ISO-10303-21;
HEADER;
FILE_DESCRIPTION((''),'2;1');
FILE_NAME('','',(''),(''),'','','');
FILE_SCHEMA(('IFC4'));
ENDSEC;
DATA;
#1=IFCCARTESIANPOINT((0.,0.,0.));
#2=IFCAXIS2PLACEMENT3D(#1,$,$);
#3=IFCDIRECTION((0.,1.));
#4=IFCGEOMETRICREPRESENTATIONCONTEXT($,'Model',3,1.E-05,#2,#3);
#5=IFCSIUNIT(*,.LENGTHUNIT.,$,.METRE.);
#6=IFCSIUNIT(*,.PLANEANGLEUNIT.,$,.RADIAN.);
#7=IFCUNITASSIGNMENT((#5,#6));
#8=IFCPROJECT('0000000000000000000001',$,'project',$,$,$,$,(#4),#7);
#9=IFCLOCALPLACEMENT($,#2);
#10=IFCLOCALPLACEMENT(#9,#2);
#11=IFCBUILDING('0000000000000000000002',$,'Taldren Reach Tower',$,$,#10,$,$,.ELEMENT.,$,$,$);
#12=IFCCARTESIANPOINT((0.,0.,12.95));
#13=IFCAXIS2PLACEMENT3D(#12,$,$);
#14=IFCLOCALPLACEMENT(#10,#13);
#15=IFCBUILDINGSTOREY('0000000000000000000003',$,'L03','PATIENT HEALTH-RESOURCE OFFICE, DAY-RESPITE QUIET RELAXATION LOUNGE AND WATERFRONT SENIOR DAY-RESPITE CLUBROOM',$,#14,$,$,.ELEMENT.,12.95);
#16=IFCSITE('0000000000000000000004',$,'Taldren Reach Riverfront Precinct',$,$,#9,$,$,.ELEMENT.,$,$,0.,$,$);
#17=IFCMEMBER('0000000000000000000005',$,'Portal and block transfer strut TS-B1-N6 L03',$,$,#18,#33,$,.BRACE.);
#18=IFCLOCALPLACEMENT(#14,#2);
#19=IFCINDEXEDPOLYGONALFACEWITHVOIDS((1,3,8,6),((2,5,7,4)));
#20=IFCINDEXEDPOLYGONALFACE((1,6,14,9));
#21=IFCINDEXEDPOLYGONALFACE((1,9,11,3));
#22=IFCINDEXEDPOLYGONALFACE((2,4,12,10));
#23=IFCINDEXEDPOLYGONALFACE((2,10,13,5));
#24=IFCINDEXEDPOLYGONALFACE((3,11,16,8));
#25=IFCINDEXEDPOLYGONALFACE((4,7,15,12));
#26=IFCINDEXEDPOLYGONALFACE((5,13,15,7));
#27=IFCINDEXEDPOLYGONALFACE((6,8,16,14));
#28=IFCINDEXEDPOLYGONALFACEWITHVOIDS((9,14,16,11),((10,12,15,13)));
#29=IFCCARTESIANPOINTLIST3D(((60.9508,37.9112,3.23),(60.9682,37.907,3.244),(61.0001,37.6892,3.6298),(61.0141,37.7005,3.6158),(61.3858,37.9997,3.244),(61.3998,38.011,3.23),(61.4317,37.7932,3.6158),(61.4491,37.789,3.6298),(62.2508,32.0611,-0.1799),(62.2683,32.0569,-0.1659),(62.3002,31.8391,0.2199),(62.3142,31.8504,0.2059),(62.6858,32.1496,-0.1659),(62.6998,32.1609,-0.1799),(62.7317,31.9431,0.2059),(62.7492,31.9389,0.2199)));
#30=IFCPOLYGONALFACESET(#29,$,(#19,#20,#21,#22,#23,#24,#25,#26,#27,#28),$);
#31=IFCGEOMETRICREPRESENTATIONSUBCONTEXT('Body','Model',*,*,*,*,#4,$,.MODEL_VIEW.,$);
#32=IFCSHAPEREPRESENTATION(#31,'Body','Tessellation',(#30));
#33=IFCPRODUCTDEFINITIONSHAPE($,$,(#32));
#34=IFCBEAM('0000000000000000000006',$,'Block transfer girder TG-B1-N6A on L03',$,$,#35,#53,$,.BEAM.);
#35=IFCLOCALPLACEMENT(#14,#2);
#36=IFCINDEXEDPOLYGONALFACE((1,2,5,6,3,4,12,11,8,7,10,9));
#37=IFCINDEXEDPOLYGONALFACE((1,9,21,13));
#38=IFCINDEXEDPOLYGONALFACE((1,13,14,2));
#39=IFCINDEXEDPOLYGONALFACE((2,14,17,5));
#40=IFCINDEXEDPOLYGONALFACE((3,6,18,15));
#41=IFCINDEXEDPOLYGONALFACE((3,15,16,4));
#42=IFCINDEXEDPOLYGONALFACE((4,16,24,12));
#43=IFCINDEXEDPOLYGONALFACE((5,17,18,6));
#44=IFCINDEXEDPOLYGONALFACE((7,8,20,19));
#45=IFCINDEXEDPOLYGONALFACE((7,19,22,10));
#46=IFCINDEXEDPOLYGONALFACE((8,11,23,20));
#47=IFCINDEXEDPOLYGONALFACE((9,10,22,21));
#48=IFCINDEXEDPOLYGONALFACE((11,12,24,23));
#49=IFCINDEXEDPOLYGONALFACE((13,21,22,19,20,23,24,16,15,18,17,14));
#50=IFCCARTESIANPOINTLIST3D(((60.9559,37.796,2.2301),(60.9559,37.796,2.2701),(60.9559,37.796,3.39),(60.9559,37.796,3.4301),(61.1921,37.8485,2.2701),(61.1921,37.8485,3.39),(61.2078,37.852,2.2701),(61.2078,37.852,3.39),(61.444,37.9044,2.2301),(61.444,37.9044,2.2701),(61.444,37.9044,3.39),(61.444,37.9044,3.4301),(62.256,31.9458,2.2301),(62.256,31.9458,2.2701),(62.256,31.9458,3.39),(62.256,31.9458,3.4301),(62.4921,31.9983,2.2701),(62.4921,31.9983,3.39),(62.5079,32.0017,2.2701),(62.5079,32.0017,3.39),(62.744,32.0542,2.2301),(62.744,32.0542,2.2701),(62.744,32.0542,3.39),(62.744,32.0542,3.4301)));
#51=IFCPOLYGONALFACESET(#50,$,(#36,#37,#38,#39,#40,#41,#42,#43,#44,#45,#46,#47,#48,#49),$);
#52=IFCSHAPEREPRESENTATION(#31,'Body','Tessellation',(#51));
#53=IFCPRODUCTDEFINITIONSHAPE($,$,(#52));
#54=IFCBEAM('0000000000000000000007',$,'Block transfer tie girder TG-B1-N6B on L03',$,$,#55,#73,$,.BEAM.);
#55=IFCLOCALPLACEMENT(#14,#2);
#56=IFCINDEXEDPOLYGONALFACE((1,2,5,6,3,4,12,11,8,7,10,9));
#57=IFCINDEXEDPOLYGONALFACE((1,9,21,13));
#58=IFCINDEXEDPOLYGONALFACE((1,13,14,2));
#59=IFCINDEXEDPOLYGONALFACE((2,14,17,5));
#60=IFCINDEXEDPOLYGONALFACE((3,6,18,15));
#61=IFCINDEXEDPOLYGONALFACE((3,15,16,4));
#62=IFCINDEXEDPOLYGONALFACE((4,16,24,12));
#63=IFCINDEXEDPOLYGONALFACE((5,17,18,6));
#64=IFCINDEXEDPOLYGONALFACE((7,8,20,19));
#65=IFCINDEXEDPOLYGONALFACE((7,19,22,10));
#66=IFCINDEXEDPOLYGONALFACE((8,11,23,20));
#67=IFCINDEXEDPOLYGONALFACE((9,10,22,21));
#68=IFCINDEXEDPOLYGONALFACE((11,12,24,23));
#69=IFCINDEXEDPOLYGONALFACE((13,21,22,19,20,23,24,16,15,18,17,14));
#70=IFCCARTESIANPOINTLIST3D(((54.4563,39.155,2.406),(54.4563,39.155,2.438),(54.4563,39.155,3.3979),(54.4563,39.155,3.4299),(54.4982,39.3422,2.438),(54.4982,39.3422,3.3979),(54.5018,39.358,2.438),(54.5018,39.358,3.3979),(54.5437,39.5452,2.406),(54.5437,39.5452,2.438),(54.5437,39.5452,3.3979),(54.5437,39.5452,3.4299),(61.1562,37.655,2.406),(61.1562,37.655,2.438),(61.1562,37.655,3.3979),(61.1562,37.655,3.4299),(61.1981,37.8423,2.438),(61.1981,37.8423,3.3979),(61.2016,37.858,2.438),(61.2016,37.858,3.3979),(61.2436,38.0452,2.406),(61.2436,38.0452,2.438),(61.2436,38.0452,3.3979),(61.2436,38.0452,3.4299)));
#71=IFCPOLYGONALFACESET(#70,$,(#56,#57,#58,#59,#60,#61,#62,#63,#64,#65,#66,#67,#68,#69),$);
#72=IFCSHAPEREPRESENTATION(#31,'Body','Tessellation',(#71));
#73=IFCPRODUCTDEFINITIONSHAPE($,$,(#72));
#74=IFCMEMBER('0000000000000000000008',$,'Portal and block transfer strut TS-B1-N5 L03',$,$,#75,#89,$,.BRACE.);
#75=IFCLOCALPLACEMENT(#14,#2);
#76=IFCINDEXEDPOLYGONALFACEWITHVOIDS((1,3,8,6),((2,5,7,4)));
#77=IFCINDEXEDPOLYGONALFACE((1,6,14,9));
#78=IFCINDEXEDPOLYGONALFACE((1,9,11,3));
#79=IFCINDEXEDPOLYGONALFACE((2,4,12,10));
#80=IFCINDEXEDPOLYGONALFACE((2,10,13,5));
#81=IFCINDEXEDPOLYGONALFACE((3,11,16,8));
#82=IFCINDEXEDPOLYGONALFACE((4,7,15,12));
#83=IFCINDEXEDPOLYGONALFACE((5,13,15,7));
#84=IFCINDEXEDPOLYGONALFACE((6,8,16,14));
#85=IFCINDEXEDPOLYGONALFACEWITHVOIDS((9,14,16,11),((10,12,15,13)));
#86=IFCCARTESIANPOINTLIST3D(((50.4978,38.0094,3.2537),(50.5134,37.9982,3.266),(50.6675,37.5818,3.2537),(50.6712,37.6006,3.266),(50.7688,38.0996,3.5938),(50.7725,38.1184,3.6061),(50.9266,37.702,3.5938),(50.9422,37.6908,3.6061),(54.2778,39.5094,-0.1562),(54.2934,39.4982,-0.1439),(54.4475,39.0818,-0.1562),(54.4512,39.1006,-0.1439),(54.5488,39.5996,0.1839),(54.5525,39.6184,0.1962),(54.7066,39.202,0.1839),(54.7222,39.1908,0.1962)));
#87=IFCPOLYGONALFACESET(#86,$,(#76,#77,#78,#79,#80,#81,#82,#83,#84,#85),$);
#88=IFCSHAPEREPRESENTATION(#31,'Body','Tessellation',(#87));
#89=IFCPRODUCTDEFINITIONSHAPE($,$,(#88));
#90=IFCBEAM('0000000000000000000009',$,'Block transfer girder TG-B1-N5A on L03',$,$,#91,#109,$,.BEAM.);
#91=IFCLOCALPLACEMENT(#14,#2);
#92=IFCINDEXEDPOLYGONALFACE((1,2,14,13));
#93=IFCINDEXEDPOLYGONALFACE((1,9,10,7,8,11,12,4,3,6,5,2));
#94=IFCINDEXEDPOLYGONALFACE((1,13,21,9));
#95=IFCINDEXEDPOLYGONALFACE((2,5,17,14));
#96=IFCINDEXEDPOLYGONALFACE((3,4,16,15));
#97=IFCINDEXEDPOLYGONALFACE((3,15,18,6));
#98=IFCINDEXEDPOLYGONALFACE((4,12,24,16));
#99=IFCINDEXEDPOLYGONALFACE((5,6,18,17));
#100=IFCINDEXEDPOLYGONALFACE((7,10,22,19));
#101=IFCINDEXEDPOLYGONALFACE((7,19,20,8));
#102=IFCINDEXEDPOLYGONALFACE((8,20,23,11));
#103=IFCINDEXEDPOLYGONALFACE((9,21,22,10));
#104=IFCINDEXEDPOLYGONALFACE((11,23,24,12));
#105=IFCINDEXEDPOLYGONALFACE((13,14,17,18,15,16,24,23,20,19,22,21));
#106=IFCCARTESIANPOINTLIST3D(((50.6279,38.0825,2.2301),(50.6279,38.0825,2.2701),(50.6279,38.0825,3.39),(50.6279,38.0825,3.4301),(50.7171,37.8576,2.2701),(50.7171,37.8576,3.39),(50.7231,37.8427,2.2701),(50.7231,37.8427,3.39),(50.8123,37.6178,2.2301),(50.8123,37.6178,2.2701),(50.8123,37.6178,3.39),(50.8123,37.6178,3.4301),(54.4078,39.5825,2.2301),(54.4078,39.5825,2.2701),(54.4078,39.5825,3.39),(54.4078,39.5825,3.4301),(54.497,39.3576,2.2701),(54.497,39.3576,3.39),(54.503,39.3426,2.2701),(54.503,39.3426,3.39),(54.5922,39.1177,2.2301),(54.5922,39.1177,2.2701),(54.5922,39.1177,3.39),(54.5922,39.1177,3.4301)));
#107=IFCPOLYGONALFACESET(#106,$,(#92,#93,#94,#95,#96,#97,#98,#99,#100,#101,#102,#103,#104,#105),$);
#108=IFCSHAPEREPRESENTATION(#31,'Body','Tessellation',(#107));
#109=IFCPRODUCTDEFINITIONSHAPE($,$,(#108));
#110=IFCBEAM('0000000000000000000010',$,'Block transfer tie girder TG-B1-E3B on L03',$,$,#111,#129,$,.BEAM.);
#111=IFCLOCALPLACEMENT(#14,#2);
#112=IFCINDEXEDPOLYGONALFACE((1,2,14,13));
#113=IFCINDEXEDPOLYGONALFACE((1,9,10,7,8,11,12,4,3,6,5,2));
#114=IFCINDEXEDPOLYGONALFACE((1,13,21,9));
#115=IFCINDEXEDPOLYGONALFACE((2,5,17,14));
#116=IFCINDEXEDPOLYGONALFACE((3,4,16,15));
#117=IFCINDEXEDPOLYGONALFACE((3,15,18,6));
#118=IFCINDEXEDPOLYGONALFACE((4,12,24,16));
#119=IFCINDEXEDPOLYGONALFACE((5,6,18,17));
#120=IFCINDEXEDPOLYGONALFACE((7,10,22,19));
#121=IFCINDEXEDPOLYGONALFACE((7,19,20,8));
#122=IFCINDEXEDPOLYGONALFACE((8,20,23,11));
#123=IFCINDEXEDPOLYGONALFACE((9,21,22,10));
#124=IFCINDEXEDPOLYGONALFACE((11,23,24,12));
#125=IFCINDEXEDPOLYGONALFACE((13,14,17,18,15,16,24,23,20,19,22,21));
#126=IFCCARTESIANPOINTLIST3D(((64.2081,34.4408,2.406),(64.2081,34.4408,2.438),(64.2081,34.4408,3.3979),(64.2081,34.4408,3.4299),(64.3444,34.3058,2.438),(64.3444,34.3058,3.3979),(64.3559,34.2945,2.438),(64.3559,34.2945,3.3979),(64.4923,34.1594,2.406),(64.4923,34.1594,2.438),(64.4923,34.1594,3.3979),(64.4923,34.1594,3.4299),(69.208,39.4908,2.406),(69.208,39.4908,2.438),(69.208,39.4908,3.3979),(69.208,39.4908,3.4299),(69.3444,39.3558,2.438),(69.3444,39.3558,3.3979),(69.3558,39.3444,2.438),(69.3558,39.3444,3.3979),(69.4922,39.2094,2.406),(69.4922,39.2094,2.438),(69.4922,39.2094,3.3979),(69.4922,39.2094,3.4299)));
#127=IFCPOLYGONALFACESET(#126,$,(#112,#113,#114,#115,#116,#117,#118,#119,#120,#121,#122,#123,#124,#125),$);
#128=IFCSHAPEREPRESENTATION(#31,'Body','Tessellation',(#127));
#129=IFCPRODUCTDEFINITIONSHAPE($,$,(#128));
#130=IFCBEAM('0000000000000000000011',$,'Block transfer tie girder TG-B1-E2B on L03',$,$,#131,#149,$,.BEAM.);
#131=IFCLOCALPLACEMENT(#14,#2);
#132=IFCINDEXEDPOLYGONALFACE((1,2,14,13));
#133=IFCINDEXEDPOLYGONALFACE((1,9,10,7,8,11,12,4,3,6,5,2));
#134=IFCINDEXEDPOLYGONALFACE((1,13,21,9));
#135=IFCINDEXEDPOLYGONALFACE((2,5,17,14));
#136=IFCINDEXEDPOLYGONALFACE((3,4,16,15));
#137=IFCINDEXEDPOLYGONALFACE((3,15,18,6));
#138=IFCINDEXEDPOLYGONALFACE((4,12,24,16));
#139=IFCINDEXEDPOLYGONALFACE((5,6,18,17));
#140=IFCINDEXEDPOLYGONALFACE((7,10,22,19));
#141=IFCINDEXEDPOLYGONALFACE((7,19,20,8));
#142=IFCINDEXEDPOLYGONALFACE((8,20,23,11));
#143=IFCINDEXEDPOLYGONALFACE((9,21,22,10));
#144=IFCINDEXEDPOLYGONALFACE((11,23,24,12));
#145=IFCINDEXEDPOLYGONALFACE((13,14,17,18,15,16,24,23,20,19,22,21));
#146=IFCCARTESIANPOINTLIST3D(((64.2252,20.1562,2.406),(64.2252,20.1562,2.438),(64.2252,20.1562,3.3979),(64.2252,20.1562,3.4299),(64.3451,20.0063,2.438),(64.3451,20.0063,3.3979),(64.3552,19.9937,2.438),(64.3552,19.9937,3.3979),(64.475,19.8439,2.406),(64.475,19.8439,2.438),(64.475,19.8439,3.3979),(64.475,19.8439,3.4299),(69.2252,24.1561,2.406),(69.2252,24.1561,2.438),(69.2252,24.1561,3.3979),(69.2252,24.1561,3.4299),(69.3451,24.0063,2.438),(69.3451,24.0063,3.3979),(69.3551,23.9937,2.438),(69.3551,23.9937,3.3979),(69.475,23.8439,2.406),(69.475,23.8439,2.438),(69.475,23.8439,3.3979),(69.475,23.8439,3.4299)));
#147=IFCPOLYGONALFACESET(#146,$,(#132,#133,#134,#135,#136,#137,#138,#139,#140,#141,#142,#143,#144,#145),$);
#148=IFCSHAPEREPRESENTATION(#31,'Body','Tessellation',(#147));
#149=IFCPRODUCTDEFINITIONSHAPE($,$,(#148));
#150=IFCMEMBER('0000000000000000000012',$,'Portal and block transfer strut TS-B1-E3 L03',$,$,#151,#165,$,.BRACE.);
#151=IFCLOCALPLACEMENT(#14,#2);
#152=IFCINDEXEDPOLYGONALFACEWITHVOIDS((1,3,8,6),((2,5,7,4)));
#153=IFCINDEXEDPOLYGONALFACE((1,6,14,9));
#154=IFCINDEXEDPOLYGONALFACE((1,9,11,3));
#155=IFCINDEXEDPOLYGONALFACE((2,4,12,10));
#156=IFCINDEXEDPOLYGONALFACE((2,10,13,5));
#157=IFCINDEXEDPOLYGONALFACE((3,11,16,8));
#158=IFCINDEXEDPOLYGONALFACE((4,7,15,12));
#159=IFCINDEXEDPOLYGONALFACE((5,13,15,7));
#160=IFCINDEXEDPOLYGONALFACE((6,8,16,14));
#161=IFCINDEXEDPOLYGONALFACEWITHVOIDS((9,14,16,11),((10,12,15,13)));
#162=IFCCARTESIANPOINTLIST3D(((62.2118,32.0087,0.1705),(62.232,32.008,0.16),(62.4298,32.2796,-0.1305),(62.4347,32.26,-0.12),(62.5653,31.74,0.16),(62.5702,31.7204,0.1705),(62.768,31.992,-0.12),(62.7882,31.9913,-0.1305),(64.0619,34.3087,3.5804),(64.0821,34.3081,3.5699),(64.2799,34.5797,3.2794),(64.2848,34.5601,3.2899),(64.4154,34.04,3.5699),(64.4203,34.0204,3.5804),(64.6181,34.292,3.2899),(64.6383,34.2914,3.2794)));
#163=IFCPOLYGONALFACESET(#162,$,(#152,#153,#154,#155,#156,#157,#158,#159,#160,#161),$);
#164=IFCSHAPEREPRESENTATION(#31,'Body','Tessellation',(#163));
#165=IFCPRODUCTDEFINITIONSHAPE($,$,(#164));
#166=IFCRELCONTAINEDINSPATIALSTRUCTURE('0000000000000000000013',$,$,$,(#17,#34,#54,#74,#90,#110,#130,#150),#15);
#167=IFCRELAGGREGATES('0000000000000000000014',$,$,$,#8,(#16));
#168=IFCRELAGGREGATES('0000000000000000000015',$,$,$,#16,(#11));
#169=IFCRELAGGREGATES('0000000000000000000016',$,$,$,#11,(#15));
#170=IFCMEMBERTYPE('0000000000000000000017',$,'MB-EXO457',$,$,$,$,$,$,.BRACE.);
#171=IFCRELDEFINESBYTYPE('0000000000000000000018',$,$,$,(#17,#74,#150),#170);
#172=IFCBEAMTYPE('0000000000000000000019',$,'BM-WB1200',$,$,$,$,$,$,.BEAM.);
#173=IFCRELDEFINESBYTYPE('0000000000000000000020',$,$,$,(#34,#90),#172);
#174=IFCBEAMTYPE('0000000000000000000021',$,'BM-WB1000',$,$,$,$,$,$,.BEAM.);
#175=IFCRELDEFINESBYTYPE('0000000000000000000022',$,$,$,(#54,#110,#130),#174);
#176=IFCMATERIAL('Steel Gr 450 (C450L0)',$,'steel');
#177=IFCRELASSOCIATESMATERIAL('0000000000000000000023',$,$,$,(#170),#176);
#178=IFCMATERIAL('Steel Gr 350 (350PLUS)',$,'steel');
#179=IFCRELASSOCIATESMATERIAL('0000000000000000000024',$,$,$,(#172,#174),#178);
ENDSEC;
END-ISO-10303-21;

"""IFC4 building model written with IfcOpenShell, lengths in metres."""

from ifc_helpers import new_model, si_unit, direction, frame, origin, origin_2d, place, context, subcontext, project, spatial, hollow_rectangle, i_section, extrude, source, transform, mapped, material, material_profile, profile_set, type_object, element, save


model = new_model("IFC4")

# Units and contexts
model_context = context("Model", 3, precision=1e-05, world=origin(), true_north=direction((0.0, 1.0)))
body_context = subcontext(model_context, "Body", "Model", "MODEL_VIEW")
ifc_project = project(units=[si_unit("LENGTHUNIT", "METRE"), si_unit("PLANEANGLEUNIT", "RADIAN")], contexts=[model_context])

# Site, building, storey
site_placement = place(None, origin())
site = spatial("IfcSite", under=ifc_project, at=site_placement, Name="Taldren Reach Riverfront Precinct", CompositionType="ELEMENT", RefElevation=0.0)
building_placement = place(site_placement, origin())
building = spatial("IfcBuilding", under=site, at=building_placement, Name="Taldren Reach Tower", CompositionType="ELEMENT")
storey_placement = place(building_placement, frame((0.0, 0.0, 12.95)))
storey = spatial("IfcBuildingStorey", under=building, at=storey_placement, Name="L03", Description="PATIENT HEALTH-RESOURCE OFFICE, DAY-RESPITE QUIET RELAXATION LOUNGE AND WATERFRONT SENIOR DAY-RESPITE CLUBROOM", CompositionType="ELEMENT", Elevation=12.95)

# Shared definitions
ifc_material_1 = material(Name="Steel Gr 350 (350PLUS)", Category="steel")

# Member
ifc_material_2 = material(Name="Steel Gr 450 (C450L0)", Category="steel")
ifc_material_profile_1 = material_profile(ifc_material_2, hollow_rectangle(XDim=0.46, YDim=0.46, WallThickness=0.0161, at=origin_2d()), Name="460x460x16.0SHS")
ifc_profile_set_1 = profile_set([ifc_material_profile_1], Name="Steel Gr 450 (C450L0)")
member_type = type_object("IfcMemberType", Name="MB-EXO457", PredefinedType="BRACE", material=ifc_profile_set_1)
shared_shape_1 = source(origin(), body_context, "Body", "SweptSolid", [
    extrude(hollow_rectangle(XDim=0.46, YDim=0.46, WallThickness=0.0161, at=origin_2d()), origin(), (0.0, 0.0, 1.0), 6.895),
])
member_1_placement = place(storey_placement, frame((62.5, 32.0, 0.02), z_axis=(-0.188549, 0.848453, 0.494547), x_axis=(-0.976186, -0.216935, 0.0)))
element("IfcMember", 1, at=member_1_placement, inside=storey, type_object=member_type, Name="Portal and block transfer strut TS-B1-N6 L03", PredefinedType="BRACE", context=body_context, shape_type="MappedRepresentation", body=[
    mapped(shared_shape_1, transform((0.0, 0.0, 0.0), scale=1.0)),
])

# Beams
ifc_material_profile_2 = material_profile(ifc_material_1, i_section(OverallWidth=0.5, OverallDepth=1.2, WebThickness=0.0161, FlangeThickness=0.04, at=origin_2d()), Name="1200WB455")
ifc_profile_set_2 = profile_set([ifc_material_profile_2], Name="Steel Gr 350 (350PLUS)")
beam_type_1 = type_object("IfcBeamType", Name="BM-WB1200", PredefinedType="BEAM", material=ifc_profile_set_2)
shared_shape_2 = source(origin(), body_context, "Body", "SweptSolid", [
    extrude(i_section(OverallWidth=0.5, OverallDepth=1.2, WebThickness=0.0161, FlangeThickness=0.04, at=origin_2d()), origin(), (0.0, 0.0, 1.0), 5.9929),
])
beam_1_placement = place(storey_placement, frame((62.5, 32.0, 2.8301), z_axis=(-0.216935, 0.976186, 0.0), x_axis=(-0.976186, -0.216935, 0.0)))
element("IfcBeam", 2, at=beam_1_placement, inside=storey, type_object=beam_type_1, Name="Block transfer girder TG-B1-N6A on L03", PredefinedType="BEAM", context=body_context, shape_type="MappedRepresentation", body=[
    mapped(shared_shape_2, transform((0.0, 0.0, 0.0), scale=1.0)),
])
ifc_material_profile_3 = material_profile(ifc_material_1, i_section(OverallWidth=0.3999, OverallDepth=1.0239, WebThickness=0.0161, FlangeThickness=0.032, at=origin_2d()), Name="1000WB322")
ifc_profile_set_3 = profile_set([ifc_material_profile_3], Name="Steel Gr 350 (350PLUS)")
beam_type_2 = type_object("IfcBeamType", Name="BM-WB1000", PredefinedType="BEAM", material=ifc_profile_set_3)
shared_shape_3 = source(origin(), body_context, "Body", "SweptSolid", [
    extrude(i_section(OverallWidth=0.3999, OverallDepth=1.0239, WebThickness=0.0161, FlangeThickness=0.032, at=origin_2d()), origin(), (0.0, 0.0, 1.0), 6.8657),
])
beam_2_placement = place(storey_placement, frame((54.5, 39.3501, 2.918), z_axis=(0.975843, -0.218474, 0.0), x_axis=(0.218474, 0.975843, 0.0)))
element("IfcBeam", 3, at=beam_2_placement, inside=storey, type_object=beam_type_2, Name="Block transfer tie girder TG-B1-N6B on L03", PredefinedType="BEAM", context=body_context, shape_type="MappedRepresentation", body=[
    mapped(shared_shape_3, transform((0.0, 0.0, 0.0), scale=1.0)),
])

# Member
shared_shape_4 = source(origin(), body_context, "Body", "SweptSolid", [
    extrude(hollow_rectangle(XDim=0.46, YDim=0.46, WallThickness=0.0161, at=origin_2d()), origin(), (0.0, 0.0, 1.0), 5.3071),
])
member_2_placement = place(storey_placement, frame((54.5, 39.3501, 0.02), z_axis=(-0.712249, -0.282636, 0.64251), x_axis=(0.368843, -0.929492, 0.0)))
element("IfcMember", 4, at=member_2_placement, inside=storey, type_object=member_type, Name="Portal and block transfer strut TS-B1-N5 L03", PredefinedType="BRACE", context=body_context, shape_type="MappedRepresentation", body=[
    mapped(shared_shape_4, transform((0.0, 0.0, 0.0), scale=1.0)),
])

# Beams
shared_shape_5 = source(origin(), body_context, "Body", "SweptSolid", [
    extrude(i_section(OverallWidth=0.5, OverallDepth=1.2, WebThickness=0.0161, FlangeThickness=0.04, at=origin_2d()), origin(), (0.0, 0.0, 1.0), 4.0667),
])
beam_3_placement = place(storey_placement, frame((54.5, 39.3501, 2.8301), z_axis=(-0.929492, -0.368843, 0.0), x_axis=(0.368843, -0.929492, 0.0)))
element("IfcBeam", 5, at=beam_3_placement, inside=storey, type_object=beam_type_1, Name="Block transfer girder TG-B1-N5A on L03", PredefinedType="BEAM", context=body_context, shape_type="MappedRepresentation", body=[
    mapped(shared_shape_5, transform((0.0, 0.0, 0.0), scale=1.0)),
])
shared_shape_6 = source(origin(), body_context, "Body", "SweptSolid", [
    extrude(i_section(OverallWidth=0.3999, OverallDepth=1.0239, WebThickness=0.0161, FlangeThickness=0.032, at=origin_2d()), origin(), (0.0, 0.0, 1.0), 7.1064),
])
beam_4_placement = place(storey_placement, frame((69.3501, 39.3501, 2.918), z_axis=(-0.703577, -0.710619, 0.0), x_axis=(0.710619, -0.703577, 0.0)))
element("IfcBeam", 6, at=beam_4_placement, inside=storey, type_object=beam_type_2, Name="Block transfer tie girder TG-B1-E3B on L03", PredefinedType="BEAM", context=body_context, shape_type="MappedRepresentation", body=[
    mapped(shared_shape_6, transform((0.0, 0.0, 0.0), scale=1.0)),
])
shared_shape_7 = source(origin(), body_context, "Body", "SweptSolid", [
    extrude(i_section(OverallWidth=0.3999, OverallDepth=1.0239, WebThickness=0.0161, FlangeThickness=0.032, at=origin_2d()), origin(), (0.0, 0.0, 1.0), 6.4031),
])
beam_5_placement = place(storey_placement, frame((69.3501, 24.0, 2.918), z_axis=(-0.780869, -0.624695, 0.0), x_axis=(0.624695, -0.780869, 0.0)))
element("IfcBeam", 7, at=beam_5_placement, inside=storey, type_object=beam_type_2, Name="Block transfer tie girder TG-B1-E2B on L03", PredefinedType="BEAM", context=body_context, shape_type="MappedRepresentation", body=[
    mapped(shared_shape_7, transform((0.0, 0.0, 0.0), scale=1.0)),
])

# Member
shared_shape_8 = source(origin(), body_context, "Body", "SweptSolid", [
    extrude(hollow_rectangle(XDim=0.46, YDim=0.46, WallThickness=0.0161, at=origin_2d()), origin(), (0.0, 0.0, 1.0), 4.51),
])
member_3_placement = place(storey_placement, frame((62.5, 32.0, 0.02), z_axis=(0.410216, 0.509983, 0.756069), x_axis=(-0.779204, 0.626771, 0.0)))
element("IfcMember", 8, at=member_3_placement, inside=storey, type_object=member_type, Name="Portal and block transfer strut TS-B1-E3 L03", PredefinedType="BRACE", context=body_context, shape_type="MappedRepresentation", body=[
    mapped(shared_shape_8, transform((0.0, 0.0, 0.0), scale=1.0)),
])

save(model, "model.ifc")
